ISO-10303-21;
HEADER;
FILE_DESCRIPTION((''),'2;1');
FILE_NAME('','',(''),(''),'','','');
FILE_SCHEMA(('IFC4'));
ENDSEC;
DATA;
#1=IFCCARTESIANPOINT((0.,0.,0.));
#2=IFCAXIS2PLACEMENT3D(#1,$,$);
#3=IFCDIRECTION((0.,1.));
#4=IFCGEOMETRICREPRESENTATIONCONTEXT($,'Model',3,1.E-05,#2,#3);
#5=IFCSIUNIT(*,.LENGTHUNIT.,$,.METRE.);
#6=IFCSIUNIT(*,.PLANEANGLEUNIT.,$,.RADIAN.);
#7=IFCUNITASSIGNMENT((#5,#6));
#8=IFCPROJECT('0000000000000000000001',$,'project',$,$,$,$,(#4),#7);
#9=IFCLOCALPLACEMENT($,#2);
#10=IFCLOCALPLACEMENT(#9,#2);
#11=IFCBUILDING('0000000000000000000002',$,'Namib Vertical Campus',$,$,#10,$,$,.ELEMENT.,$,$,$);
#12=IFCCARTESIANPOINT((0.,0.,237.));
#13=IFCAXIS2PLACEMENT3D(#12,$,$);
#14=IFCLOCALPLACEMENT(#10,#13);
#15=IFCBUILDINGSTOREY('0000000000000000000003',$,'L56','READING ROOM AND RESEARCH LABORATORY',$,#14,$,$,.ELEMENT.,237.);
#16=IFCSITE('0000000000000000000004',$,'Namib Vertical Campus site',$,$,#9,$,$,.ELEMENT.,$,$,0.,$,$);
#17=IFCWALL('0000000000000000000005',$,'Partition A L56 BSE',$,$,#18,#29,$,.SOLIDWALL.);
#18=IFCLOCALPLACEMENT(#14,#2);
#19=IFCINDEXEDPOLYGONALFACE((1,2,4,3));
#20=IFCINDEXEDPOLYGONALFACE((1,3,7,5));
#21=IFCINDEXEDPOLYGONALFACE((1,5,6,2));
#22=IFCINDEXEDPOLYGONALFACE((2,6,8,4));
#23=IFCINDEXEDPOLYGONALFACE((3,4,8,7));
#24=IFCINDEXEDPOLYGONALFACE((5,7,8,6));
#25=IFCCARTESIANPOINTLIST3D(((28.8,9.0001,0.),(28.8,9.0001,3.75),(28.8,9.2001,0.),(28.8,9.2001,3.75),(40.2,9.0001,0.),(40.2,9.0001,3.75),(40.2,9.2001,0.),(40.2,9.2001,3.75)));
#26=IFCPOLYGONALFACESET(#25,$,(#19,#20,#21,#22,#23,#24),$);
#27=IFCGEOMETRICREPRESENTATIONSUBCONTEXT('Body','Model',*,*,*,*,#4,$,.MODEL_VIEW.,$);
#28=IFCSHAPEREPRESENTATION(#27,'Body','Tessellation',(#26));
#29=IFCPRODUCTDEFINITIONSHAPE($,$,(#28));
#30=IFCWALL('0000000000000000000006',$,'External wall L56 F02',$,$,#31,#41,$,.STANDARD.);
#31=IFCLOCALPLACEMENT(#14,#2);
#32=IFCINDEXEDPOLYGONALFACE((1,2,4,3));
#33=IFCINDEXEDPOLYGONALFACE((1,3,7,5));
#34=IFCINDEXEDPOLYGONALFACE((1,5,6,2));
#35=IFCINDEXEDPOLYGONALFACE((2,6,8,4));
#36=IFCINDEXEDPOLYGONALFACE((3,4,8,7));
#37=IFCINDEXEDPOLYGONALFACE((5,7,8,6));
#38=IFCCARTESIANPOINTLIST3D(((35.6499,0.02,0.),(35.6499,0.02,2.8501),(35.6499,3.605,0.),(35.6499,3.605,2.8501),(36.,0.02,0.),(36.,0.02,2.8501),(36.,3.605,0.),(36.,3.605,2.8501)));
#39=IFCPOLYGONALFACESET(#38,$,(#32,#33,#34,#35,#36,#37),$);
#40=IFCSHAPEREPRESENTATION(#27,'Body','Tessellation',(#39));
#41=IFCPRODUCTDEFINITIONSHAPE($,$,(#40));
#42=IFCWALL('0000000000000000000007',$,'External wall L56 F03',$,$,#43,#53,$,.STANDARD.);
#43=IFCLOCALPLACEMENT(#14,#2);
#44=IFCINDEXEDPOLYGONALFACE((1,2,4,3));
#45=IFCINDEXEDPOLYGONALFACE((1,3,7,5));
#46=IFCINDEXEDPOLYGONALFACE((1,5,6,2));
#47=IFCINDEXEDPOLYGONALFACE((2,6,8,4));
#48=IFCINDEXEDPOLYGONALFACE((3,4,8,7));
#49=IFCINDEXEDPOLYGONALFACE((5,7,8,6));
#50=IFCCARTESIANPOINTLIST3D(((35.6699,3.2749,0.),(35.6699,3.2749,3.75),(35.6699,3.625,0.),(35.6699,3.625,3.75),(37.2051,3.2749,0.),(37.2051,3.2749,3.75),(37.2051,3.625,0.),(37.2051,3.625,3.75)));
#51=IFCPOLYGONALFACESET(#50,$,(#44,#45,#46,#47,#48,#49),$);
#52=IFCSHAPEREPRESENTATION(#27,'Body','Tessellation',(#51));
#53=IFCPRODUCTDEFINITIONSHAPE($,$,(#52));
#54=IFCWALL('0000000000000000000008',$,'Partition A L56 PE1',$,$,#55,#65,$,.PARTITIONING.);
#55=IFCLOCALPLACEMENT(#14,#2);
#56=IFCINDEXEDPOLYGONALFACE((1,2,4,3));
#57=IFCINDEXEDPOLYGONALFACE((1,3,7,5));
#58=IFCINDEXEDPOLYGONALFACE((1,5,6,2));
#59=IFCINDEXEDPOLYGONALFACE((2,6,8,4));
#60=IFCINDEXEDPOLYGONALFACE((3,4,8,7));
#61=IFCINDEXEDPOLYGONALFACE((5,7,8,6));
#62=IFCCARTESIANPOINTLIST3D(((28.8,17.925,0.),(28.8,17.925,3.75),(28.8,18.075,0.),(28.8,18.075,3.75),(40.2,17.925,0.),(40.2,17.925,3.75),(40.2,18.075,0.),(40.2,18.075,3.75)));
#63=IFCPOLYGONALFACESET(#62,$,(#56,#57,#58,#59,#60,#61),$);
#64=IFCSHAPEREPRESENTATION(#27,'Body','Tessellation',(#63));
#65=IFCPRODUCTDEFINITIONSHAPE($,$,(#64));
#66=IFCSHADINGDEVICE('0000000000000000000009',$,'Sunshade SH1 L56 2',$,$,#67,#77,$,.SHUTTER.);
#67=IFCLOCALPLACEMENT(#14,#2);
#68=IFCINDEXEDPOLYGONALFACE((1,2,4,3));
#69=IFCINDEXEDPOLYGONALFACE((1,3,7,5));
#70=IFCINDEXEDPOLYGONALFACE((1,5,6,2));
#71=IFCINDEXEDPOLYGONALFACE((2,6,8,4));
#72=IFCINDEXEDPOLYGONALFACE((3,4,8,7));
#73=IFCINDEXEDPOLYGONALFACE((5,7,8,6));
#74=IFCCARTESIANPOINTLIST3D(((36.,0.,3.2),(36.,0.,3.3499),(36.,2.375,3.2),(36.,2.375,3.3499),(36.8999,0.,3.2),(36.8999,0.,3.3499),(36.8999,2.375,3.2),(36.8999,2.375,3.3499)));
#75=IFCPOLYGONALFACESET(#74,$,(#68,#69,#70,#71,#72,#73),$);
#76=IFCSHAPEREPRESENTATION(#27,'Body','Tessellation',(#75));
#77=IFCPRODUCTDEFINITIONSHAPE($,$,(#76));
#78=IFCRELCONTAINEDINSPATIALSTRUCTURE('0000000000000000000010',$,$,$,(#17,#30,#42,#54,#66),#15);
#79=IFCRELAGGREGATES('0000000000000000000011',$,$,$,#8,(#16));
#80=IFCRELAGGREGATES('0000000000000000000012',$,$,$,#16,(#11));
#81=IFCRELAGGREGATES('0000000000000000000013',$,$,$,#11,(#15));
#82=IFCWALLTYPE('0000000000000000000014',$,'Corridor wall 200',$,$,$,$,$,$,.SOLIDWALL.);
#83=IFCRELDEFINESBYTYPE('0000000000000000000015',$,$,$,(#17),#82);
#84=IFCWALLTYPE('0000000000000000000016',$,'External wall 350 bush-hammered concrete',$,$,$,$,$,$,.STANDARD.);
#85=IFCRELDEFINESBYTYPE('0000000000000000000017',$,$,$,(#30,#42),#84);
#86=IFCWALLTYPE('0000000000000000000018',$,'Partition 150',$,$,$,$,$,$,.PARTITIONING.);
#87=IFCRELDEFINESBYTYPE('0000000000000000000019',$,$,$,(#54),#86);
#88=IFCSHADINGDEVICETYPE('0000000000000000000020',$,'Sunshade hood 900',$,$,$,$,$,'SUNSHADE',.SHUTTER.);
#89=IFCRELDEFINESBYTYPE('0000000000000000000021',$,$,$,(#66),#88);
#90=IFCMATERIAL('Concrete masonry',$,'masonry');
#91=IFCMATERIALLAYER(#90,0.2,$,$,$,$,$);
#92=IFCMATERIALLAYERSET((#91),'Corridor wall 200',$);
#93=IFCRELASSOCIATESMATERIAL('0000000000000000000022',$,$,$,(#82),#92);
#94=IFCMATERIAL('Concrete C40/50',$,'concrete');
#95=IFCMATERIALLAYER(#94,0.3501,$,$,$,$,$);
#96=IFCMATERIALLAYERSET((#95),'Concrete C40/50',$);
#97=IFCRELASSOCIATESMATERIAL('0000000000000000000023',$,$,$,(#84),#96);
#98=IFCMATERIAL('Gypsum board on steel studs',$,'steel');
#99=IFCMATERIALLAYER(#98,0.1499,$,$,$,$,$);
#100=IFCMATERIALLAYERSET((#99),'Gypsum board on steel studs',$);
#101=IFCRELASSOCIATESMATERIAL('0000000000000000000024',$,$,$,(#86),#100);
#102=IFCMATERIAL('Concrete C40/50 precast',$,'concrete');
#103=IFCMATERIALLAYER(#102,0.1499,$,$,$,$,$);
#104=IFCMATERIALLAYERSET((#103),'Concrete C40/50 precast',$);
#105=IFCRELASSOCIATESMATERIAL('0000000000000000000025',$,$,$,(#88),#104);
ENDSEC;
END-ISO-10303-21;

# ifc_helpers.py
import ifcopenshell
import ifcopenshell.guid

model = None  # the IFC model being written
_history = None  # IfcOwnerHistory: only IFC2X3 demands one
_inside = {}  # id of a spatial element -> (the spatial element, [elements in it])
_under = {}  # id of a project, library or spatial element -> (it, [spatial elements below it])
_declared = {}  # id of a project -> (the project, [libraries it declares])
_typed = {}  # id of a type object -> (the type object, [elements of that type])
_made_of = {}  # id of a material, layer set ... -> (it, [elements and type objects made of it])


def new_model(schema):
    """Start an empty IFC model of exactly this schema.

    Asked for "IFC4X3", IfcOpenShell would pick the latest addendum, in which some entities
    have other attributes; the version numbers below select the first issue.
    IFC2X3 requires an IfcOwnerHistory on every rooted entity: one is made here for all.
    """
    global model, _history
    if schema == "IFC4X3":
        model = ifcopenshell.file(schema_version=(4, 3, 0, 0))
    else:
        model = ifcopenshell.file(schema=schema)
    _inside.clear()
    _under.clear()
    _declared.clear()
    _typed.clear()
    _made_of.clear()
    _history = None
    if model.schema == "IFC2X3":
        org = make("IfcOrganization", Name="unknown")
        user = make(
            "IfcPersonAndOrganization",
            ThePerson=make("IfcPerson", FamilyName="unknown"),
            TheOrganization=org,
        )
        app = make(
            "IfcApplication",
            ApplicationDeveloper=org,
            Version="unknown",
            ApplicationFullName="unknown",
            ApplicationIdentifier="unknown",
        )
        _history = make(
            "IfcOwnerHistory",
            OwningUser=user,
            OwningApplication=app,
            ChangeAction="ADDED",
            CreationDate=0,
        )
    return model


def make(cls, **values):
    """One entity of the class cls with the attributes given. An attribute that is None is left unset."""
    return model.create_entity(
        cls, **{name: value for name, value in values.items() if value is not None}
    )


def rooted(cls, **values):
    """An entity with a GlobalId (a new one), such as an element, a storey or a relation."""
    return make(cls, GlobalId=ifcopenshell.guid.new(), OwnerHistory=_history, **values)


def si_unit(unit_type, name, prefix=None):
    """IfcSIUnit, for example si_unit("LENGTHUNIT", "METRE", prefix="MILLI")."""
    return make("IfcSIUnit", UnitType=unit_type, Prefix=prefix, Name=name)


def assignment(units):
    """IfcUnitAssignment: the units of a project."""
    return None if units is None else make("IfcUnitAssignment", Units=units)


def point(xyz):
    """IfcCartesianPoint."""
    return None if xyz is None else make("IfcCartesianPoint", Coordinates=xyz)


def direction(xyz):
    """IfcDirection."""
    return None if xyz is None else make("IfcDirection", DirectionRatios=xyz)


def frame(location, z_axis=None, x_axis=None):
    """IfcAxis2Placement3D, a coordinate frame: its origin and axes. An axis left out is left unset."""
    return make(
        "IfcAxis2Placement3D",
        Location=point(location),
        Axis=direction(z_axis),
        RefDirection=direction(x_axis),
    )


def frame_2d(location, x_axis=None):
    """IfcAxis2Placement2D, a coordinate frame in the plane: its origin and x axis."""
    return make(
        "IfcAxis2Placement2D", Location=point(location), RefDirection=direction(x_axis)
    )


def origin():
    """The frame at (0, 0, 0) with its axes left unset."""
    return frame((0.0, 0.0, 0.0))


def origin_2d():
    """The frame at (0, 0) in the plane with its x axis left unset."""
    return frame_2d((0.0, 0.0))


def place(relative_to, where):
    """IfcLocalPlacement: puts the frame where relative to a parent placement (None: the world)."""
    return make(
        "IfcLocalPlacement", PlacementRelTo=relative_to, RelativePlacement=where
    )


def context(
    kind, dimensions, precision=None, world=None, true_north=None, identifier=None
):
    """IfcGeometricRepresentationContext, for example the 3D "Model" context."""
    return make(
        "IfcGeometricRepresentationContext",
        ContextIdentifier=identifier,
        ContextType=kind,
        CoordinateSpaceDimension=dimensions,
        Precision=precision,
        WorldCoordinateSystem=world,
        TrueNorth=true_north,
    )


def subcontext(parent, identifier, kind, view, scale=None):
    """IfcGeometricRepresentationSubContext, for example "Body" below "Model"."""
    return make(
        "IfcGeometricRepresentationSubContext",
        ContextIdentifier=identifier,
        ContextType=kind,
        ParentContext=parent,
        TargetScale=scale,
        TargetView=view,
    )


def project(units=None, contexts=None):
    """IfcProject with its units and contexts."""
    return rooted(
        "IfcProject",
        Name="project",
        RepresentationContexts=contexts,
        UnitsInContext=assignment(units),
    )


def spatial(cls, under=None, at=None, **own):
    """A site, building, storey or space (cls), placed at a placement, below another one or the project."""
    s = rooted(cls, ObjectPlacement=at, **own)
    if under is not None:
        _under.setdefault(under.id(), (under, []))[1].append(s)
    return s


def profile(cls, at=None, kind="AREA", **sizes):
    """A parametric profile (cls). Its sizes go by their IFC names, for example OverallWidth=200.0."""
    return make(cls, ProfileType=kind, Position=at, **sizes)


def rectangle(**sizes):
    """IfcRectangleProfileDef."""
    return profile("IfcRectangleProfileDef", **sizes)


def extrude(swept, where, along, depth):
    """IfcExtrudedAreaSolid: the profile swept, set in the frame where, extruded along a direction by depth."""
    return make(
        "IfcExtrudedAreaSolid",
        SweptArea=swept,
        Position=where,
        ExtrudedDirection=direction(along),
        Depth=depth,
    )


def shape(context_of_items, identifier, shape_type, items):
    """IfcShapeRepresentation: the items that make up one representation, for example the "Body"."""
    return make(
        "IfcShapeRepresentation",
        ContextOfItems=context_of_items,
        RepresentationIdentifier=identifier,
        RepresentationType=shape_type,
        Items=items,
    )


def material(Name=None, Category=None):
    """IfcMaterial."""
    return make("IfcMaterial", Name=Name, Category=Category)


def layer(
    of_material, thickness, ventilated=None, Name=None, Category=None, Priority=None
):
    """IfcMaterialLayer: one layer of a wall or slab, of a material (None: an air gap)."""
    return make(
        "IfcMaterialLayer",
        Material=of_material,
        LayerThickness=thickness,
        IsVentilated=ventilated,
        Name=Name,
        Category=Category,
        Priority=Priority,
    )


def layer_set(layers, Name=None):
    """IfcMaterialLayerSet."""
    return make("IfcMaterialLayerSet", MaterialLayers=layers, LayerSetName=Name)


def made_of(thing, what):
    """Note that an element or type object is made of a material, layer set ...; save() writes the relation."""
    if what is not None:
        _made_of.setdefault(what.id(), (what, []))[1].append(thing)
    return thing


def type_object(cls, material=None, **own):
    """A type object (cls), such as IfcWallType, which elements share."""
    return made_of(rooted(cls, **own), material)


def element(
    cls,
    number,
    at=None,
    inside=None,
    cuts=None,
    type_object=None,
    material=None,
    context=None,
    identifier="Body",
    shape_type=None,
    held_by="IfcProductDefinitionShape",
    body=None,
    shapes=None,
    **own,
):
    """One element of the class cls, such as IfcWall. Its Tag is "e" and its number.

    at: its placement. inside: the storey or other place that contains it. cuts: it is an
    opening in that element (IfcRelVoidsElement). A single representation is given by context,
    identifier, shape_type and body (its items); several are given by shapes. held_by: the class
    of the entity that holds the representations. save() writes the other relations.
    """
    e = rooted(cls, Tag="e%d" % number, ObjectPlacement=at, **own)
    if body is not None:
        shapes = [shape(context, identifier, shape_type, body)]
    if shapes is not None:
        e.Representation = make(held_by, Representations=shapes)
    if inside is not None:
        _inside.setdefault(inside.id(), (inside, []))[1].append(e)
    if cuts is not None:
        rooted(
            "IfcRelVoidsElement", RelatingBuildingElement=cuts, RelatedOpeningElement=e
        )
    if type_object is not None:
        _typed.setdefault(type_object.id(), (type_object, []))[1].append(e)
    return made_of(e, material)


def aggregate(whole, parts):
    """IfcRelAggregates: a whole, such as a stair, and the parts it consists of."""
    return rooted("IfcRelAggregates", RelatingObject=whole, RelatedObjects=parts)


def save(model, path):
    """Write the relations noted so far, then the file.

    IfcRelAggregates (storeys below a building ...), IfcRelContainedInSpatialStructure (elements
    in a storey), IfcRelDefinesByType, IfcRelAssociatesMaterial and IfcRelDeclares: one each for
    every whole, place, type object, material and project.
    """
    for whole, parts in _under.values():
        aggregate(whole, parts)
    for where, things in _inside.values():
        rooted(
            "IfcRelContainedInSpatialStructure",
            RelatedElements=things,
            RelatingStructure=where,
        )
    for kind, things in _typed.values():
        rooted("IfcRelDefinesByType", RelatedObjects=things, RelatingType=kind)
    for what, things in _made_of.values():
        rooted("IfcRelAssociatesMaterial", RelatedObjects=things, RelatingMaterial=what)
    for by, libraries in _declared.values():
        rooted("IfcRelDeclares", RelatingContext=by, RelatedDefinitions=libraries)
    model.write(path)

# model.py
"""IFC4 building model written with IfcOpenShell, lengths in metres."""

from ifc_helpers import new_model, si_unit, direction, frame, frame_2d, origin, origin_2d, place, context, subcontext, project, spatial, rectangle, extrude, material, layer, layer_set, type_object, element, save


model = new_model("IFC4")

# Units and contexts
model_context = context("Model", 3, precision=1e-05, world=origin(), true_north=direction((0.0, 1.0)))
body_context = subcontext(model_context, "Body", "Model", "MODEL_VIEW")
ifc_project = project(units=[si_unit("LENGTHUNIT", "METRE"), si_unit("PLANEANGLEUNIT", "RADIAN")], contexts=[model_context])

# Site, building, storey
site_placement = place(None, origin())
site = spatial("IfcSite", under=ifc_project, at=site_placement, Name="Namib Vertical Campus site", CompositionType="ELEMENT", RefElevation=0.0)
building_placement = place(site_placement, origin())
building = spatial("IfcBuilding", under=site, at=building_placement, Name="Namib Vertical Campus", CompositionType="ELEMENT")
storey_placement = place(building_placement, frame((0.0, 0.0, 237.0)))
storey = spatial("IfcBuildingStorey", under=building, at=storey_placement, Name="L56", Description="READING ROOM AND RESEARCH LABORATORY", CompositionType="ELEMENT", Elevation=237.0)

# Shared definitions
ifc_material_1 = material(Name="Concrete masonry", Category="masonry")
ifc_layer_1 = layer(ifc_material_1, 0.2)
ifc_layer_set_1 = layer_set([ifc_layer_1], Name="Corridor wall 200")
wall_type_1 = type_object("IfcWallType", Name="Corridor wall 200", PredefinedType="SOLIDWALL", material=ifc_layer_set_1)

# Walls
wall_1_placement = place(storey_placement, frame((28.8, 9.1001, 0.0), z_axis=(0.0, 0.0, 1.0), x_axis=(1.0, 0.0, 0.0)))
element("IfcWall", 1, at=wall_1_placement, inside=storey, type_object=wall_type_1, Name="Partition A L56 BSE", PredefinedType="SOLIDWALL", context=body_context, shape_type="SweptSolid", body=[
    extrude(rectangle(XDim=11.3999, YDim=0.2, at=frame_2d((5.7, 0.0))), origin(), (0.0, 0.0, 1.0), 3.75),
])
ifc_material_2 = material(Name="Concrete C40/50", Category="concrete")
ifc_layer_2 = layer(ifc_material_2, 0.3501)
ifc_layer_set_2 = layer_set([ifc_layer_2], Name="Concrete C40/50")
wall_type_2 = type_object("IfcWallType", Name="External wall 350 bush-hammered concrete", PredefinedType="STANDARD", material=ifc_layer_set_2)
wall_2_placement = place(storey_placement, frame((35.825, 0.02, 0.0), z_axis=(0.0, 0.0, 1.0), x_axis=(0.0, 1.0, 0.0)))
element("IfcWall", 2, at=wall_2_placement, inside=storey, type_object=wall_type_2, Name="External wall L56 F02", PredefinedType="STANDARD", context=body_context, shape_type="SweptSolid", body=[
    extrude(rectangle(XDim=3.585, YDim=0.3501, at=frame_2d((1.7925, 0.0))), origin(), (0.0, 0.0, 1.0), 2.8501),
])
wall_3_placement = place(storey_placement, frame((35.6699, 3.45, 0.0), z_axis=(0.0, 0.0, 1.0), x_axis=(1.0, 0.0, 0.0)))
element("IfcWall", 3, at=wall_3_placement, inside=storey, type_object=wall_type_2, Name="External wall L56 F03", PredefinedType="STANDARD", context=body_context, shape_type="SweptSolid", body=[
    extrude(rectangle(XDim=1.5352, YDim=0.3501, at=frame_2d((0.7676, 0.0))), origin(), (0.0, 0.0, 1.0), 3.75),
])
ifc_material_3 = material(Name="Gypsum board on steel studs", Category="steel")
ifc_layer_3 = layer(ifc_material_3, 0.1499)
ifc_layer_set_3 = layer_set([ifc_layer_3], Name="Gypsum board on steel studs")
wall_type_3 = type_object("IfcWallType", Name="Partition 150", PredefinedType="PARTITIONING", material=ifc_layer_set_3)
wall_4_placement = place(storey_placement, frame((28.8, 18.0, 0.0), z_axis=(0.0, 0.0, 1.0), x_axis=(1.0, 0.0, 0.0)))
element("IfcWall", 4, at=wall_4_placement, inside=storey, type_object=wall_type_3, Name="Partition A L56 PE1", PredefinedType="PARTITIONING", context=body_context, shape_type="SweptSolid", body=[
    extrude(rectangle(XDim=11.3999, YDim=0.1499, at=frame_2d((5.7, 0.0))), origin(), (0.0, 0.0, 1.0), 3.75),
])

# Shading device
ifc_material_4 = material(Name="Concrete C40/50 precast", Category="concrete")
ifc_layer_4 = layer(ifc_material_4, 0.1499)
ifc_layer_set_4 = layer_set([ifc_layer_4], Name="Concrete C40/50 precast")
shading_device_type = type_object("IfcShadingDeviceType", Name="Sunshade hood 900", ElementType="SUNSHADE", PredefinedType="SHUTTER", material=ifc_layer_set_4)
shading_device_placement = place(storey_placement, frame((36.45, 1.1875, 3.2), z_axis=(0.0, 0.0, 1.0), x_axis=(0.0, 1.0, 0.0)))
element("IfcShadingDevice", 5, at=shading_device_placement, inside=storey, type_object=shading_device_type, Name="Sunshade SH1 L56 2", PredefinedType="SHUTTER", context=body_context, shape_type="SweptSolid", body=[
    extrude(rectangle(XDim=2.375, YDim=0.8999, at=origin_2d()), origin(), (0.0, 0.0, 1.0), 0.1499),
])

save(model, "model.ifc")
